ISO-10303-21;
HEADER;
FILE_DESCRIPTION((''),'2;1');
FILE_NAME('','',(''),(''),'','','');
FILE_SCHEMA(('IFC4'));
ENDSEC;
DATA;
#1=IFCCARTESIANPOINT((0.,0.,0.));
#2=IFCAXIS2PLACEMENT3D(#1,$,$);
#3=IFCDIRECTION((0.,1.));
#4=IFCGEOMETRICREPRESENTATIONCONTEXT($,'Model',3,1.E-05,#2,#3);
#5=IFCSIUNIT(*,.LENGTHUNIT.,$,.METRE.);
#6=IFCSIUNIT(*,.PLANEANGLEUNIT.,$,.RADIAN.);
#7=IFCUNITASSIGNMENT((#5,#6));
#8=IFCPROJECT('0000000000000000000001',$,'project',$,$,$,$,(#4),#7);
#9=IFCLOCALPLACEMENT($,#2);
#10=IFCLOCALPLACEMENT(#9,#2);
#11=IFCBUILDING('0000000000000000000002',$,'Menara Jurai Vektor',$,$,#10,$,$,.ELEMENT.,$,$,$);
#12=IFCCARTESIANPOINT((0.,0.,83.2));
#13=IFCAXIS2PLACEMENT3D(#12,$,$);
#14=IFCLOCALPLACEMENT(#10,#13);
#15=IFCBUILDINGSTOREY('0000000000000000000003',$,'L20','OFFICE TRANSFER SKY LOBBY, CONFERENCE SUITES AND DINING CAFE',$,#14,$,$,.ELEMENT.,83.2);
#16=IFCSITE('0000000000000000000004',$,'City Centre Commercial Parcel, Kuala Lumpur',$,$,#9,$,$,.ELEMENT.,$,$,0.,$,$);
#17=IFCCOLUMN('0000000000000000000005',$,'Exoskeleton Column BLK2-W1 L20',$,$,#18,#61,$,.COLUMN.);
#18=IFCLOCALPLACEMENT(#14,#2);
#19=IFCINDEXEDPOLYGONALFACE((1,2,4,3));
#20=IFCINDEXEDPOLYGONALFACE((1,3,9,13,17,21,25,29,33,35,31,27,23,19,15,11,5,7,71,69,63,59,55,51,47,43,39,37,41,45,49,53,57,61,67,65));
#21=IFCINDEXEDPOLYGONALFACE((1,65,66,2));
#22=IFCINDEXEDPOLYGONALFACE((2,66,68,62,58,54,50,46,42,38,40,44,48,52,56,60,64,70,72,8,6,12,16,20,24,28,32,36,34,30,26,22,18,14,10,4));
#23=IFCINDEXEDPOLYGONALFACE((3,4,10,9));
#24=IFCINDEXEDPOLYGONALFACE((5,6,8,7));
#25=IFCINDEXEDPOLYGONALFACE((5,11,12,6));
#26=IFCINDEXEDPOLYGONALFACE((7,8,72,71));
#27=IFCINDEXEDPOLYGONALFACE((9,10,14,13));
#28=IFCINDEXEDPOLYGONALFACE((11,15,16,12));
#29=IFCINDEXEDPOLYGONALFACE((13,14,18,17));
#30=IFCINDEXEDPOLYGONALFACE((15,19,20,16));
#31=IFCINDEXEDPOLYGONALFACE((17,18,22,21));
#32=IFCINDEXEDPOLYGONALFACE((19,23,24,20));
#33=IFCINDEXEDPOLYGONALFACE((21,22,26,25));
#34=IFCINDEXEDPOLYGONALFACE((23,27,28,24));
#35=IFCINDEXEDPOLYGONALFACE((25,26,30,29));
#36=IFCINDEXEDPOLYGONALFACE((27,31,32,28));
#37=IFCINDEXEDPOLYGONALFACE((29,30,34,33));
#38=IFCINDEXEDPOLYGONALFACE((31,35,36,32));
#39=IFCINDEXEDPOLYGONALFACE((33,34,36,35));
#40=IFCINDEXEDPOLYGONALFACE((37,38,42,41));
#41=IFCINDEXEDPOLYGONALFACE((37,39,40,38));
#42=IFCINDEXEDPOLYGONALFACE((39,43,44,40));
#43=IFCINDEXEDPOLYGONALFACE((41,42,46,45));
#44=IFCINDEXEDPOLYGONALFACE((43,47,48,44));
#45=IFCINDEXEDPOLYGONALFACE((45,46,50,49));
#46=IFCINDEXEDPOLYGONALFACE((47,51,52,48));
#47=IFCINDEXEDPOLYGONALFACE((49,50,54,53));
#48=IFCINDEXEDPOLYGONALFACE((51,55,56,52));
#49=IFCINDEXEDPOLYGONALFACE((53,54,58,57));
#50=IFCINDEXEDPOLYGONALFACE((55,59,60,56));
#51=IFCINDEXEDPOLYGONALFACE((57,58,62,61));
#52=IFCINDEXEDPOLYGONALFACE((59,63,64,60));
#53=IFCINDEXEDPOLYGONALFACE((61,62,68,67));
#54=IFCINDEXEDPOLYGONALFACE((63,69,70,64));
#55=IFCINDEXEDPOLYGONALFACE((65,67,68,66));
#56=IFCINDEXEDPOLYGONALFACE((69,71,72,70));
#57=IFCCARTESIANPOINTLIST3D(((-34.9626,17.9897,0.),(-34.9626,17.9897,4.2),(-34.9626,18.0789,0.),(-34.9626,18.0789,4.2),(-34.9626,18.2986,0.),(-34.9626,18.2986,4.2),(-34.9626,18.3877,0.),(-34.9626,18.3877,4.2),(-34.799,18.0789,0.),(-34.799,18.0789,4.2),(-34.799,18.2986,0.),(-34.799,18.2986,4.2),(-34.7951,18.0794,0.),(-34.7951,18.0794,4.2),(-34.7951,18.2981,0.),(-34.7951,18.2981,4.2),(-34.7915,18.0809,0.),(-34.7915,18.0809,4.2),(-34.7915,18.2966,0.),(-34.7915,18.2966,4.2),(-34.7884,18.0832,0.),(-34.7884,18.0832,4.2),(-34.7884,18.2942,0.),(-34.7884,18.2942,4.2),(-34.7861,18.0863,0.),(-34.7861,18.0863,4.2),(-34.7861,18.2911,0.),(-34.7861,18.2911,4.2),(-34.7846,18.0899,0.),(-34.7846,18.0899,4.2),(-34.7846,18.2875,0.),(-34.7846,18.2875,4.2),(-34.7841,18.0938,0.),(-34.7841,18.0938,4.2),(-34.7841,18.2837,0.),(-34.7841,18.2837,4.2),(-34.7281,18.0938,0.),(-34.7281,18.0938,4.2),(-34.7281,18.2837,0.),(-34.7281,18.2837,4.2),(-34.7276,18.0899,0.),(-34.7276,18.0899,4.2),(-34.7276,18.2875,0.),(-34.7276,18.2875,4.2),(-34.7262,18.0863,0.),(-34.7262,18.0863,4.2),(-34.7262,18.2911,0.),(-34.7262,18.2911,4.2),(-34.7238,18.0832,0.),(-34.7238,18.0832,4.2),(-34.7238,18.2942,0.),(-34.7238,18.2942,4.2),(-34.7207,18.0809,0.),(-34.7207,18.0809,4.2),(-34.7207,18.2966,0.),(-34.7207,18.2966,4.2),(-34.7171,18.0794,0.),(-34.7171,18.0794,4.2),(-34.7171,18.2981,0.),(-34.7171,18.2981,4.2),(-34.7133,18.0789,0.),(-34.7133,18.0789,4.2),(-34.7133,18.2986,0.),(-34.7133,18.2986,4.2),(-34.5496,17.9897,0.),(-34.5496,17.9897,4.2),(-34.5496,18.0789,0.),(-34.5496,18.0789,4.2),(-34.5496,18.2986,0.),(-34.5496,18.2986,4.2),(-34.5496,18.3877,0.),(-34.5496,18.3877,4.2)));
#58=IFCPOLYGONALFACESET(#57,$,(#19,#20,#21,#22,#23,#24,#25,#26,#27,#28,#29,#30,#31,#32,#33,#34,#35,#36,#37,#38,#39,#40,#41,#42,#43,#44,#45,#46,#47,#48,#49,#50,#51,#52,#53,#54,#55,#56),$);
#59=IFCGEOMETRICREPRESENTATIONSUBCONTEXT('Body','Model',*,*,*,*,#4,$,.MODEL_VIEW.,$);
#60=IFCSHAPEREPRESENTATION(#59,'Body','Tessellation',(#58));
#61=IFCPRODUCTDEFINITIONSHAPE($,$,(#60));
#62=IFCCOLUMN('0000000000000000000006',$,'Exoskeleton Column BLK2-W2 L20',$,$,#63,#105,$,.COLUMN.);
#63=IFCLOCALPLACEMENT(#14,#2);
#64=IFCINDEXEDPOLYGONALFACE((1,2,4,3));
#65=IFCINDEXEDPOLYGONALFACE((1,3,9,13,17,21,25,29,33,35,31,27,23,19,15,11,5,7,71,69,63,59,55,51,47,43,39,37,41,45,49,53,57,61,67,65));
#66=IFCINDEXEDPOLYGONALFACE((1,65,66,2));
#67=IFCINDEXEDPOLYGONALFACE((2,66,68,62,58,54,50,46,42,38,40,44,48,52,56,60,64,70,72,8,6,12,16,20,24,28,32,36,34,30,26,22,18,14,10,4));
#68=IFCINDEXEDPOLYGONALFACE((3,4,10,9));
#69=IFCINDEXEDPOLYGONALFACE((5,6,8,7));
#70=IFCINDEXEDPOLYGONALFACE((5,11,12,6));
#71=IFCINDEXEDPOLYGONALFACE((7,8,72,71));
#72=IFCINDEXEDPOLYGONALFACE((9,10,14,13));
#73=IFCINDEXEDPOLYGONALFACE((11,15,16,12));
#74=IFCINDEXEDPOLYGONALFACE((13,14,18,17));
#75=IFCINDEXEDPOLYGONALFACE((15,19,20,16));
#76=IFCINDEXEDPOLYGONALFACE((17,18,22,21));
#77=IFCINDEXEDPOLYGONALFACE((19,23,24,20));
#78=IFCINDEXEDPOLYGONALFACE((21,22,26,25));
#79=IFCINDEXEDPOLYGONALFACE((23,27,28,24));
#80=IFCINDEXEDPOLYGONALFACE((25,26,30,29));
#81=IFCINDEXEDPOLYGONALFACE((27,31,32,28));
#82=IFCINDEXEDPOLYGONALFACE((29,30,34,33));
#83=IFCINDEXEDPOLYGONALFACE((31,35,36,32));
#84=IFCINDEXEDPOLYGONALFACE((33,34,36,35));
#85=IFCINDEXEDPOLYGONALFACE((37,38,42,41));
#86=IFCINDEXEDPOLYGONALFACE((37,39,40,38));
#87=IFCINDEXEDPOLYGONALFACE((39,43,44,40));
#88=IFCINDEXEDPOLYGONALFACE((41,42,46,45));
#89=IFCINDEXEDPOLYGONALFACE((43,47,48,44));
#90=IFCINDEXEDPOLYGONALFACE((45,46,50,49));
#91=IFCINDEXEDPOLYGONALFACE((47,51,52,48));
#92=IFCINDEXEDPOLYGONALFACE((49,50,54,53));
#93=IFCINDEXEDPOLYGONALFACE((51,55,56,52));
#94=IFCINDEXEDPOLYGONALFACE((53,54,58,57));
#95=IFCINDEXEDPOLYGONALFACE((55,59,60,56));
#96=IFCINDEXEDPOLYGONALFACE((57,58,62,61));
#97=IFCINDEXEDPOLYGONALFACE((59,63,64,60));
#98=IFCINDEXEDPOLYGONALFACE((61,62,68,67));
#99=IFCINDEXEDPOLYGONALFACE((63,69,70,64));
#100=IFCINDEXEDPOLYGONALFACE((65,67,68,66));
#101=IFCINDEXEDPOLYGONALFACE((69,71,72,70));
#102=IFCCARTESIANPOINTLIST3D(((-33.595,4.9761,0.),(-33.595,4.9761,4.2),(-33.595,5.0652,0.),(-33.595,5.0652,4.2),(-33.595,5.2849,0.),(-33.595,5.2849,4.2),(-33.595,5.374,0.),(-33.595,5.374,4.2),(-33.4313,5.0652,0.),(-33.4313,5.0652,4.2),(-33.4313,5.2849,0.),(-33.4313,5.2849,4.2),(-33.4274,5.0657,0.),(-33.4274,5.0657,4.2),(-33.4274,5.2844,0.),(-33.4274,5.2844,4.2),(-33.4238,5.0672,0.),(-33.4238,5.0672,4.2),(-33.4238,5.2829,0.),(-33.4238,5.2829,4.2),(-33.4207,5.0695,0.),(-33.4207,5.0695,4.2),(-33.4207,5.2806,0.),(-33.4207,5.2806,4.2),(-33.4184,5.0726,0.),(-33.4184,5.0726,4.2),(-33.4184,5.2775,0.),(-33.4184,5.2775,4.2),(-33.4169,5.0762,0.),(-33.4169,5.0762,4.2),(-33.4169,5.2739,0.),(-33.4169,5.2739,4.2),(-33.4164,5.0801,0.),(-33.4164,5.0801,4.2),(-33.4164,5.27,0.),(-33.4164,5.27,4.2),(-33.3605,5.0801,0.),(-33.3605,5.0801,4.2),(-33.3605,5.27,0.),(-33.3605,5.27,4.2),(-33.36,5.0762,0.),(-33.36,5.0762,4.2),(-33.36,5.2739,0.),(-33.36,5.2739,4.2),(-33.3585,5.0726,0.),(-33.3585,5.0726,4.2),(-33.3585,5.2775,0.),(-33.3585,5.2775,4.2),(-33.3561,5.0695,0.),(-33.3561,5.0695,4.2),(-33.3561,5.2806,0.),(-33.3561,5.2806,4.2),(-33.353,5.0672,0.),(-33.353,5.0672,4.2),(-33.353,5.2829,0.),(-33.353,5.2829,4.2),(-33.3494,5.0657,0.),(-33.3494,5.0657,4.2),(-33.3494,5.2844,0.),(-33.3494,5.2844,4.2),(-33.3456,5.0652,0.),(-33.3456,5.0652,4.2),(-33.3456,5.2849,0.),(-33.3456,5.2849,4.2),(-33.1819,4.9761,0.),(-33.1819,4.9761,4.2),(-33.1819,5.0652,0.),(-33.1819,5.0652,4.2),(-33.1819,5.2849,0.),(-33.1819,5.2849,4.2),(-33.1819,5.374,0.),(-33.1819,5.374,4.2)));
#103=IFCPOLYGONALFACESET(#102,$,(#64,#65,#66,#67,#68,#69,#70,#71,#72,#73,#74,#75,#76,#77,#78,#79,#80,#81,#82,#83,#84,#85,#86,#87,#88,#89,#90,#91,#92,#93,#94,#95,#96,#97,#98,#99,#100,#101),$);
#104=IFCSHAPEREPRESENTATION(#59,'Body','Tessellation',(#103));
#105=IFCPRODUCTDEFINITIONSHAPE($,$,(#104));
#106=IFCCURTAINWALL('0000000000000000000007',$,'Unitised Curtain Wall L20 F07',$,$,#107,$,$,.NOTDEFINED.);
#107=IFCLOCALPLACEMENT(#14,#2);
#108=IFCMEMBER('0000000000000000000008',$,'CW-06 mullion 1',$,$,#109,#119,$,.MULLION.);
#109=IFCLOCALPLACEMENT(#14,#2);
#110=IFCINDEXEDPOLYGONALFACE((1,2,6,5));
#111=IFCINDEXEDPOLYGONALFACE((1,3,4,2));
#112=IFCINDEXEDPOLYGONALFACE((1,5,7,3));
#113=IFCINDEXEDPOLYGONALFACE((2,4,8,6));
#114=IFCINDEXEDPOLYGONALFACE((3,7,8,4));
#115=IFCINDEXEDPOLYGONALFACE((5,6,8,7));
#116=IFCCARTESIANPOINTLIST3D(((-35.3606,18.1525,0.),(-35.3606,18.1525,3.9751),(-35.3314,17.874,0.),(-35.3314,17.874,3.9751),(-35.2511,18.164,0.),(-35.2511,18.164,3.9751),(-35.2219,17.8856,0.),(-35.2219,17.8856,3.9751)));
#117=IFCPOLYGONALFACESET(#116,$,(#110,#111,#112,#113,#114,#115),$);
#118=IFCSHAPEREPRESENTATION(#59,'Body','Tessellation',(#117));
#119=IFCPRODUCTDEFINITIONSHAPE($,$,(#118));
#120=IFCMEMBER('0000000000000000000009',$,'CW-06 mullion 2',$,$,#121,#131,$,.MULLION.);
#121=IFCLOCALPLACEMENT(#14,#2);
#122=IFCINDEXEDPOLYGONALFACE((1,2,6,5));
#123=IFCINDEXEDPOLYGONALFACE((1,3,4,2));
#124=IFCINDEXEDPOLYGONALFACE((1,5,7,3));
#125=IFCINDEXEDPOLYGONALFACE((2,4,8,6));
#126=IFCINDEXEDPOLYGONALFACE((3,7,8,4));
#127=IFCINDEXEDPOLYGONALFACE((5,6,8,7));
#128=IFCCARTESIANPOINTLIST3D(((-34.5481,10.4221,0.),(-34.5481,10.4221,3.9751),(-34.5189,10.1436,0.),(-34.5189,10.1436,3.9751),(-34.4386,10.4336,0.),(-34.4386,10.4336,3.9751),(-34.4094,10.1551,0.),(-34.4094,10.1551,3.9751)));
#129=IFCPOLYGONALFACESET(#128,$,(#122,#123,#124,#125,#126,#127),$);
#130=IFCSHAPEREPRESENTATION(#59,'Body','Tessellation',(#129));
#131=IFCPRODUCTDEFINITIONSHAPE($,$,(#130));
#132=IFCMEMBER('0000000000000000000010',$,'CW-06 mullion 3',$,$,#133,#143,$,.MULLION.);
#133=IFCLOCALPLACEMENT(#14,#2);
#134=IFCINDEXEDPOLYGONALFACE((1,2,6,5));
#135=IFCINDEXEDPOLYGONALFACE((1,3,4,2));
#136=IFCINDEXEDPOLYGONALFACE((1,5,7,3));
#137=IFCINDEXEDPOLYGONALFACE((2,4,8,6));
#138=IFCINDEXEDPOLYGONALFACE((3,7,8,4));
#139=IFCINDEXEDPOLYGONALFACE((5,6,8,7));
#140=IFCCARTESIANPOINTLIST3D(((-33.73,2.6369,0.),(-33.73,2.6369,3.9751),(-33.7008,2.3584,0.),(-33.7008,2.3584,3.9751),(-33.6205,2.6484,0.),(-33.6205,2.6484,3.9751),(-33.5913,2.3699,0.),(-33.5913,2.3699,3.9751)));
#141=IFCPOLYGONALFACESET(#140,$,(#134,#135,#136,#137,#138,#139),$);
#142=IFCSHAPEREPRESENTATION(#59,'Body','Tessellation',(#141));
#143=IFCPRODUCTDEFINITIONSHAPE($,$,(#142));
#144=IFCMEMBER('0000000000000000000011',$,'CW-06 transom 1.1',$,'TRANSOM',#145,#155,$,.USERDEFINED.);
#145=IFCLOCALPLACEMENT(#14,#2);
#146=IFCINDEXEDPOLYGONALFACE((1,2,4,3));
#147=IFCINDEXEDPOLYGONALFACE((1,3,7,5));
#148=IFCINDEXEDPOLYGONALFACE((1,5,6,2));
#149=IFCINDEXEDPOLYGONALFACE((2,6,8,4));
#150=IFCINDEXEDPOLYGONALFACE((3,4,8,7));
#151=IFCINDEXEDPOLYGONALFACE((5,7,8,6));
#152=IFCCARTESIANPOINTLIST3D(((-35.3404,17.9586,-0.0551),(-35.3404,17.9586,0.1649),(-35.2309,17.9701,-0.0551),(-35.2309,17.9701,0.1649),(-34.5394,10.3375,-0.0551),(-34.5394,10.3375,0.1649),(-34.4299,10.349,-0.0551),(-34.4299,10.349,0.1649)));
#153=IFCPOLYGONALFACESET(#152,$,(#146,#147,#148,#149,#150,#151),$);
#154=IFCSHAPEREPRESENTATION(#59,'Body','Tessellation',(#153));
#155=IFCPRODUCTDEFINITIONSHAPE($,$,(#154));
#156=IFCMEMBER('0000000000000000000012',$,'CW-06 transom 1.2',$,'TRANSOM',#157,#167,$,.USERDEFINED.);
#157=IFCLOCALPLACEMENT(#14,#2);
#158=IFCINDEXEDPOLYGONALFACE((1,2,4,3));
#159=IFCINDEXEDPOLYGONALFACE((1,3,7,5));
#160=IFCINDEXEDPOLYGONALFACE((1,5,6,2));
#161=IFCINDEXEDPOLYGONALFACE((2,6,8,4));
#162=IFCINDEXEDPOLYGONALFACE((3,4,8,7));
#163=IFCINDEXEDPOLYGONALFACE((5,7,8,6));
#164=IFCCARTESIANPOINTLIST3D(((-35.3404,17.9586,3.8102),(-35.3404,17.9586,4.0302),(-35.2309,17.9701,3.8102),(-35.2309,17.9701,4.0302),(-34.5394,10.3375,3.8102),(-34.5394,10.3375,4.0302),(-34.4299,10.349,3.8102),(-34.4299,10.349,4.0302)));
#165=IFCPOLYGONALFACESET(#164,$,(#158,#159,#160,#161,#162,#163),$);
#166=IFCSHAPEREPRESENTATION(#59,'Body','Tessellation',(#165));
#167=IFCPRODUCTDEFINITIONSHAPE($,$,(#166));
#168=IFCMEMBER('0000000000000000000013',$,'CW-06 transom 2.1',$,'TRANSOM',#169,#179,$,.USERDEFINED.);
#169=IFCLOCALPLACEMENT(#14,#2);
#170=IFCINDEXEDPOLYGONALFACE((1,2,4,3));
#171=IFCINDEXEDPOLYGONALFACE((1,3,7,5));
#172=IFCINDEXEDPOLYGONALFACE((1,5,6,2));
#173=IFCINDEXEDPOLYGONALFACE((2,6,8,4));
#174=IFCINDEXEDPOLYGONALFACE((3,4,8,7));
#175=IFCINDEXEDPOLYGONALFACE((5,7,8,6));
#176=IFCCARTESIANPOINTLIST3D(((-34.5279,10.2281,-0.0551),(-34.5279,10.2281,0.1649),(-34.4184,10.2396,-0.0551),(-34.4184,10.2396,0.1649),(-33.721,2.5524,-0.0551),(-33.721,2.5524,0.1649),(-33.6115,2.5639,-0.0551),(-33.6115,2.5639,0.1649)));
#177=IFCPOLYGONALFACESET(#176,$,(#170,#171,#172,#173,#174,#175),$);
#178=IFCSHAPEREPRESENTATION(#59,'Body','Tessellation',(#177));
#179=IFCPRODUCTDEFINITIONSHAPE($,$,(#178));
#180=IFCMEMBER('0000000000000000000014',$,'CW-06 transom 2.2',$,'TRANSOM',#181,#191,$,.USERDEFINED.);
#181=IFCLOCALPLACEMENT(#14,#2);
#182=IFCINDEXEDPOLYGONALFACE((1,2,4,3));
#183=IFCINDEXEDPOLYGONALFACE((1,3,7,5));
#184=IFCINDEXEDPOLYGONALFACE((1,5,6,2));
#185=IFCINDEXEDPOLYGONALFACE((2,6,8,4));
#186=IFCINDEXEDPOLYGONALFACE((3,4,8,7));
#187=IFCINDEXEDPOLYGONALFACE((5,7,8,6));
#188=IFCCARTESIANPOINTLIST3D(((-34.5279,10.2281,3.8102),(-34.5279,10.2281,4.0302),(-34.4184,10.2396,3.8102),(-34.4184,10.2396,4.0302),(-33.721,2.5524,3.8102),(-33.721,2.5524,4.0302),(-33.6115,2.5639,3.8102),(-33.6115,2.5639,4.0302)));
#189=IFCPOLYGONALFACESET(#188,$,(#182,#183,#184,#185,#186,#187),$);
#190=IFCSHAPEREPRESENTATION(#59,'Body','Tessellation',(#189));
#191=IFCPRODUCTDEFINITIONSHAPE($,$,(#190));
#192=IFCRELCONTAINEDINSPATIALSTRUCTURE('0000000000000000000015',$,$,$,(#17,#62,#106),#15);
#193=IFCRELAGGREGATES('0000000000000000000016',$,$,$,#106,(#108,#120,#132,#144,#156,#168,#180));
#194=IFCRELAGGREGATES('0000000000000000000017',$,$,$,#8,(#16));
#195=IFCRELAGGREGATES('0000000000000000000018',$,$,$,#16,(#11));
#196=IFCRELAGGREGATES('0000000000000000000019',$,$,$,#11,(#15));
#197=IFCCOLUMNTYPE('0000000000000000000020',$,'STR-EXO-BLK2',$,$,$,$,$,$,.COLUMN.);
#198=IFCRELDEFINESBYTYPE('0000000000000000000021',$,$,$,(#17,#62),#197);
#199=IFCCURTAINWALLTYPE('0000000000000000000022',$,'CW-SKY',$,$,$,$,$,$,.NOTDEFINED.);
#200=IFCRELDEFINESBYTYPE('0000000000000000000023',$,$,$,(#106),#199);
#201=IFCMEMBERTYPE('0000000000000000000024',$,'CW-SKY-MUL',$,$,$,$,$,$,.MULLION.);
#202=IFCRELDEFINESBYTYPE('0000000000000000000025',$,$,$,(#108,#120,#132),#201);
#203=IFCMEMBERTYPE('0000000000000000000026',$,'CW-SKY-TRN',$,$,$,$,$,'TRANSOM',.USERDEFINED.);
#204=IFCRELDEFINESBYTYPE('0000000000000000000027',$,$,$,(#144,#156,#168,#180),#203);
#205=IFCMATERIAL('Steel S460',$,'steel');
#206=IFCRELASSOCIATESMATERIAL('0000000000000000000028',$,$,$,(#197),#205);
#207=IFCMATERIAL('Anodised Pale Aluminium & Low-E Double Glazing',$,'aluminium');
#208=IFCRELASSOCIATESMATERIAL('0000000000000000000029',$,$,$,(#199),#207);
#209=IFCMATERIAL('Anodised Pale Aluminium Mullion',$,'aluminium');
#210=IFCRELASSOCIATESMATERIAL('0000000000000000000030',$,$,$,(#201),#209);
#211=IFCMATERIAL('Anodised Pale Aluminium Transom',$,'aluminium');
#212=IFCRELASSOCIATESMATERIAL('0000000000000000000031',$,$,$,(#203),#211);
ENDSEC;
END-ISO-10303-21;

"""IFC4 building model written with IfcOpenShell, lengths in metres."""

from ifc_helpers import new_model, si_unit, direction, frame, origin, origin_2d, place, context, subcontext, project, spatial, rectangle, i_section, extrude, material, material_profile, profile_set, type_object, element, aggregate, save


model = new_model("IFC4")

# Units and contexts
model_context = context("Model", 3, precision=1e-05, world=origin(), true_north=direction((0.0, 1.0)))
body_context = subcontext(model_context, "Body", "Model", "MODEL_VIEW")
ifc_project = project(units=[si_unit("LENGTHUNIT", "METRE"), si_unit("PLANEANGLEUNIT", "RADIAN")], contexts=[model_context])

# Site, building, storey
site_placement = place(None, origin())
site = spatial("IfcSite", under=ifc_project, at=site_placement, Name="City Centre Commercial Parcel, Kuala Lumpur", CompositionType="ELEMENT", RefElevation=0.0)
building_placement = place(site_placement, origin())
building = spatial("IfcBuilding", under=site, at=building_placement, Name="Menara Jurai Vektor", CompositionType="ELEMENT")
storey_placement = place(building_placement, frame((0.0, 0.0, 83.2)))
storey = spatial("IfcBuildingStorey", under=building, at=storey_placement, Name="L20", Description="OFFICE TRANSFER SKY LOBBY, CONFERENCE SUITES AND DINING CAFE", CompositionType="ELEMENT", Elevation=83.2)

# Columns
ifc_material_1 = material(Name="Steel S460", Category="steel")
ifc_material_profile_1 = material_profile(ifc_material_1, i_section(OverallWidth=0.4131, OverallDepth=0.3979, WebThickness=0.0559, FlangeThickness=0.0891, FilletRadius=0.0149, at=origin_2d()), Name="HD 400x744")
ifc_profile_set_1 = profile_set([ifc_material_profile_1], Name="Steel S460")
column_type = type_object("IfcColumnType", Name="STR-EXO-BLK2", PredefinedType="COLUMN", material=ifc_profile_set_1)
for number, where, z_axis, x_axis, name in (
    (1, (-34.7561, 18.1887, 0.0), (0.0, 0.0, 1.0), (1.0, 0.0, 0.0), "Exoskeleton Column BLK2-W1 L20"),
    (2, (-33.3884, 5.175, 0.0), (0.0, 0.0, 1.0), (1.0, 0.0, 0.0), "Exoskeleton Column BLK2-W2 L20"),
):
    element("IfcColumn", number, at=place(storey_placement, frame(where, z_axis=z_axis, x_axis=x_axis)), inside=storey, type_object=column_type, Name=name, PredefinedType="COLUMN", context=body_context, shape_type="SweptSolid", body=[
        extrude(i_section(OverallWidth=0.4131, OverallDepth=0.3979, WebThickness=0.0559, FlangeThickness=0.0891, FilletRadius=0.0149, at=origin_2d()), origin(), (0.0, 0.0, 1.0), 4.2),
    ])

# Curtain wall, members
ifc_material_2 = material(Name="Anodised Pale Aluminium & Low-E Double Glazing", Category="aluminium")
curtain_wall_type = type_object("IfcCurtainWallType", Name="CW-SKY", PredefinedType="NOTDEFINED", material=ifc_material_2)
curtain_wall_placement = place(storey_placement, origin())
curtain_wall = element("IfcCurtainWall", 3, at=curtain_wall_placement, inside=storey, type_object=curtain_wall_type, Name="Unitised Curtain Wall L20 F07", PredefinedType="NOTDEFINED")
ifc_material_3 = material(Name="Anodised Pale Aluminium Mullion", Category="aluminium")
ifc_material_profile_2 = material_profile(ifc_material_3, rectangle(XDim=0.1101, YDim=0.28, at=origin_2d()), Name="ALU MUL 110x280")
ifc_profile_set_2 = profile_set([ifc_material_profile_2], Name="Anodised Pale Aluminium Mullion")
member_type_1 = type_object("IfcMemberType", Name="CW-SKY-MUL", PredefinedType="MULLION", material=ifc_profile_set_2)
member_1_placement = place(storey_placement, frame((-35.2913, 18.019, 0.0), z_axis=(0.0, 0.0, 1.0), x_axis=(0.994522, 0.10453, 0.0)))
member_1 = element("IfcMember", 4, at=member_1_placement, type_object=member_type_1, Name="CW-06 mullion 1", PredefinedType="MULLION", context=body_context, shape_type="SweptSolid", body=[
    extrude(rectangle(XDim=0.1101, YDim=0.28, at=origin_2d()), origin(), (0.0, 0.0, 1.0), 3.9751),
])
member_2_placement = place(storey_placement, frame((-34.4788, 10.2886, 0.0), z_axis=(0.0, 0.0, 1.0), x_axis=(0.994522, 0.10453, 0.0)))
member_2 = element("IfcMember", 5, at=member_2_placement, type_object=member_type_1, Name="CW-06 mullion 2", PredefinedType="MULLION", context=body_context, shape_type="SweptSolid", body=[
    extrude(rectangle(XDim=0.1101, YDim=0.28, at=origin_2d()), origin(), (0.0, 0.0, 1.0), 3.9751),
])
member_3_placement = place(storey_placement, frame((-33.6606, 2.5034, 0.0), z_axis=(0.0, 0.0, 1.0), x_axis=(0.994522, 0.10453, 0.0)))
member_3 = element("IfcMember", 6, at=member_3_placement, type_object=member_type_1, Name="CW-06 mullion 3", PredefinedType="MULLION", context=body_context, shape_type="SweptSolid", body=[
    extrude(rectangle(XDim=0.1101, YDim=0.28, at=origin_2d()), origin(), (0.0, 0.0, 1.0), 3.9751),
])
ifc_material_4 = material(Name="Anodised Pale Aluminium Transom", Category="aluminium")
ifc_material_profile_3 = material_profile(ifc_material_4, rectangle(XDim=0.1101, YDim=0.22, at=origin_2d()), Name="ALU TRN 110x220")
ifc_profile_set_3 = profile_set([ifc_material_profile_3], Name="Anodised Pale Aluminium Transom")
member_type_2 = type_object("IfcMemberType", Name="CW-SKY-TRN", ElementType="TRANSOM", PredefinedType="USERDEFINED", material=ifc_profile_set_3)
member_4_placement = place(storey_placement, frame((-35.2856, 17.9644, 0.0549), z_axis=(0.104531, -0.994522, 0.0), x_axis=(0.994522, 0.104531, 0.0)))
member_4 = element("IfcMember", 7, at=member_4_placement, type_object=member_type_2, Name="CW-06 transom 1.1", ObjectType="TRANSOM", PredefinedType="USERDEFINED", context=body_context, shape_type="SweptSolid", body=[
    extrude(rectangle(XDim=0.1101, YDim=0.22, at=origin_2d()), origin(), (0.0, 0.0, 1.0), 7.6631),
])
member_5_placement = place(storey_placement, frame((-35.2856, 17.9644, 3.9202), z_axis=(0.104531, -0.994522, 0.0), x_axis=(0.994522, 0.104531, 0.0)))
member_5 = element("IfcMember", 8, at=member_5_placement, type_object=member_type_2, Name="CW-06 transom 1.2", ObjectType="TRANSOM", PredefinedType="USERDEFINED", context=body_context, shape_type="SweptSolid", body=[
    extrude(rectangle(XDim=0.1101, YDim=0.22, at=origin_2d()), origin(), (0.0, 0.0, 1.0), 7.6631),
])
member_6_placement = place(storey_placement, frame((-34.4731, 10.2339, 0.0549), z_axis=(0.104545, -0.99452, 0.0), x_axis=(0.99452, 0.104545, 0.0)))
member_6 = element("IfcMember", 9, at=member_6_placement, type_object=member_type_2, Name="CW-06 transom 2.1", ObjectType="TRANSOM", PredefinedType="USERDEFINED", context=body_context, shape_type="SweptSolid", body=[
    extrude(rectangle(XDim=0.1101, YDim=0.22, at=origin_2d()), origin(), (0.0, 0.0, 1.0), 7.718),
])
member_7_placement = place(storey_placement, frame((-34.4731, 10.2339, 3.9202), z_axis=(0.104545, -0.99452, 0.0), x_axis=(0.99452, 0.104545, 0.0)))
member_7 = element("IfcMember", 10, at=member_7_placement, type_object=member_type_2, Name="CW-06 transom 2.2", ObjectType="TRANSOM", PredefinedType="USERDEFINED", context=body_context, shape_type="SweptSolid", body=[
    extrude(rectangle(XDim=0.1101, YDim=0.22, at=origin_2d()), origin(), (0.0, 0.0, 1.0), 7.718),
])

aggregate(curtain_wall, [member_1, member_2, member_3, member_4, member_5, member_6, member_7])

save(model, "model.ifc")
